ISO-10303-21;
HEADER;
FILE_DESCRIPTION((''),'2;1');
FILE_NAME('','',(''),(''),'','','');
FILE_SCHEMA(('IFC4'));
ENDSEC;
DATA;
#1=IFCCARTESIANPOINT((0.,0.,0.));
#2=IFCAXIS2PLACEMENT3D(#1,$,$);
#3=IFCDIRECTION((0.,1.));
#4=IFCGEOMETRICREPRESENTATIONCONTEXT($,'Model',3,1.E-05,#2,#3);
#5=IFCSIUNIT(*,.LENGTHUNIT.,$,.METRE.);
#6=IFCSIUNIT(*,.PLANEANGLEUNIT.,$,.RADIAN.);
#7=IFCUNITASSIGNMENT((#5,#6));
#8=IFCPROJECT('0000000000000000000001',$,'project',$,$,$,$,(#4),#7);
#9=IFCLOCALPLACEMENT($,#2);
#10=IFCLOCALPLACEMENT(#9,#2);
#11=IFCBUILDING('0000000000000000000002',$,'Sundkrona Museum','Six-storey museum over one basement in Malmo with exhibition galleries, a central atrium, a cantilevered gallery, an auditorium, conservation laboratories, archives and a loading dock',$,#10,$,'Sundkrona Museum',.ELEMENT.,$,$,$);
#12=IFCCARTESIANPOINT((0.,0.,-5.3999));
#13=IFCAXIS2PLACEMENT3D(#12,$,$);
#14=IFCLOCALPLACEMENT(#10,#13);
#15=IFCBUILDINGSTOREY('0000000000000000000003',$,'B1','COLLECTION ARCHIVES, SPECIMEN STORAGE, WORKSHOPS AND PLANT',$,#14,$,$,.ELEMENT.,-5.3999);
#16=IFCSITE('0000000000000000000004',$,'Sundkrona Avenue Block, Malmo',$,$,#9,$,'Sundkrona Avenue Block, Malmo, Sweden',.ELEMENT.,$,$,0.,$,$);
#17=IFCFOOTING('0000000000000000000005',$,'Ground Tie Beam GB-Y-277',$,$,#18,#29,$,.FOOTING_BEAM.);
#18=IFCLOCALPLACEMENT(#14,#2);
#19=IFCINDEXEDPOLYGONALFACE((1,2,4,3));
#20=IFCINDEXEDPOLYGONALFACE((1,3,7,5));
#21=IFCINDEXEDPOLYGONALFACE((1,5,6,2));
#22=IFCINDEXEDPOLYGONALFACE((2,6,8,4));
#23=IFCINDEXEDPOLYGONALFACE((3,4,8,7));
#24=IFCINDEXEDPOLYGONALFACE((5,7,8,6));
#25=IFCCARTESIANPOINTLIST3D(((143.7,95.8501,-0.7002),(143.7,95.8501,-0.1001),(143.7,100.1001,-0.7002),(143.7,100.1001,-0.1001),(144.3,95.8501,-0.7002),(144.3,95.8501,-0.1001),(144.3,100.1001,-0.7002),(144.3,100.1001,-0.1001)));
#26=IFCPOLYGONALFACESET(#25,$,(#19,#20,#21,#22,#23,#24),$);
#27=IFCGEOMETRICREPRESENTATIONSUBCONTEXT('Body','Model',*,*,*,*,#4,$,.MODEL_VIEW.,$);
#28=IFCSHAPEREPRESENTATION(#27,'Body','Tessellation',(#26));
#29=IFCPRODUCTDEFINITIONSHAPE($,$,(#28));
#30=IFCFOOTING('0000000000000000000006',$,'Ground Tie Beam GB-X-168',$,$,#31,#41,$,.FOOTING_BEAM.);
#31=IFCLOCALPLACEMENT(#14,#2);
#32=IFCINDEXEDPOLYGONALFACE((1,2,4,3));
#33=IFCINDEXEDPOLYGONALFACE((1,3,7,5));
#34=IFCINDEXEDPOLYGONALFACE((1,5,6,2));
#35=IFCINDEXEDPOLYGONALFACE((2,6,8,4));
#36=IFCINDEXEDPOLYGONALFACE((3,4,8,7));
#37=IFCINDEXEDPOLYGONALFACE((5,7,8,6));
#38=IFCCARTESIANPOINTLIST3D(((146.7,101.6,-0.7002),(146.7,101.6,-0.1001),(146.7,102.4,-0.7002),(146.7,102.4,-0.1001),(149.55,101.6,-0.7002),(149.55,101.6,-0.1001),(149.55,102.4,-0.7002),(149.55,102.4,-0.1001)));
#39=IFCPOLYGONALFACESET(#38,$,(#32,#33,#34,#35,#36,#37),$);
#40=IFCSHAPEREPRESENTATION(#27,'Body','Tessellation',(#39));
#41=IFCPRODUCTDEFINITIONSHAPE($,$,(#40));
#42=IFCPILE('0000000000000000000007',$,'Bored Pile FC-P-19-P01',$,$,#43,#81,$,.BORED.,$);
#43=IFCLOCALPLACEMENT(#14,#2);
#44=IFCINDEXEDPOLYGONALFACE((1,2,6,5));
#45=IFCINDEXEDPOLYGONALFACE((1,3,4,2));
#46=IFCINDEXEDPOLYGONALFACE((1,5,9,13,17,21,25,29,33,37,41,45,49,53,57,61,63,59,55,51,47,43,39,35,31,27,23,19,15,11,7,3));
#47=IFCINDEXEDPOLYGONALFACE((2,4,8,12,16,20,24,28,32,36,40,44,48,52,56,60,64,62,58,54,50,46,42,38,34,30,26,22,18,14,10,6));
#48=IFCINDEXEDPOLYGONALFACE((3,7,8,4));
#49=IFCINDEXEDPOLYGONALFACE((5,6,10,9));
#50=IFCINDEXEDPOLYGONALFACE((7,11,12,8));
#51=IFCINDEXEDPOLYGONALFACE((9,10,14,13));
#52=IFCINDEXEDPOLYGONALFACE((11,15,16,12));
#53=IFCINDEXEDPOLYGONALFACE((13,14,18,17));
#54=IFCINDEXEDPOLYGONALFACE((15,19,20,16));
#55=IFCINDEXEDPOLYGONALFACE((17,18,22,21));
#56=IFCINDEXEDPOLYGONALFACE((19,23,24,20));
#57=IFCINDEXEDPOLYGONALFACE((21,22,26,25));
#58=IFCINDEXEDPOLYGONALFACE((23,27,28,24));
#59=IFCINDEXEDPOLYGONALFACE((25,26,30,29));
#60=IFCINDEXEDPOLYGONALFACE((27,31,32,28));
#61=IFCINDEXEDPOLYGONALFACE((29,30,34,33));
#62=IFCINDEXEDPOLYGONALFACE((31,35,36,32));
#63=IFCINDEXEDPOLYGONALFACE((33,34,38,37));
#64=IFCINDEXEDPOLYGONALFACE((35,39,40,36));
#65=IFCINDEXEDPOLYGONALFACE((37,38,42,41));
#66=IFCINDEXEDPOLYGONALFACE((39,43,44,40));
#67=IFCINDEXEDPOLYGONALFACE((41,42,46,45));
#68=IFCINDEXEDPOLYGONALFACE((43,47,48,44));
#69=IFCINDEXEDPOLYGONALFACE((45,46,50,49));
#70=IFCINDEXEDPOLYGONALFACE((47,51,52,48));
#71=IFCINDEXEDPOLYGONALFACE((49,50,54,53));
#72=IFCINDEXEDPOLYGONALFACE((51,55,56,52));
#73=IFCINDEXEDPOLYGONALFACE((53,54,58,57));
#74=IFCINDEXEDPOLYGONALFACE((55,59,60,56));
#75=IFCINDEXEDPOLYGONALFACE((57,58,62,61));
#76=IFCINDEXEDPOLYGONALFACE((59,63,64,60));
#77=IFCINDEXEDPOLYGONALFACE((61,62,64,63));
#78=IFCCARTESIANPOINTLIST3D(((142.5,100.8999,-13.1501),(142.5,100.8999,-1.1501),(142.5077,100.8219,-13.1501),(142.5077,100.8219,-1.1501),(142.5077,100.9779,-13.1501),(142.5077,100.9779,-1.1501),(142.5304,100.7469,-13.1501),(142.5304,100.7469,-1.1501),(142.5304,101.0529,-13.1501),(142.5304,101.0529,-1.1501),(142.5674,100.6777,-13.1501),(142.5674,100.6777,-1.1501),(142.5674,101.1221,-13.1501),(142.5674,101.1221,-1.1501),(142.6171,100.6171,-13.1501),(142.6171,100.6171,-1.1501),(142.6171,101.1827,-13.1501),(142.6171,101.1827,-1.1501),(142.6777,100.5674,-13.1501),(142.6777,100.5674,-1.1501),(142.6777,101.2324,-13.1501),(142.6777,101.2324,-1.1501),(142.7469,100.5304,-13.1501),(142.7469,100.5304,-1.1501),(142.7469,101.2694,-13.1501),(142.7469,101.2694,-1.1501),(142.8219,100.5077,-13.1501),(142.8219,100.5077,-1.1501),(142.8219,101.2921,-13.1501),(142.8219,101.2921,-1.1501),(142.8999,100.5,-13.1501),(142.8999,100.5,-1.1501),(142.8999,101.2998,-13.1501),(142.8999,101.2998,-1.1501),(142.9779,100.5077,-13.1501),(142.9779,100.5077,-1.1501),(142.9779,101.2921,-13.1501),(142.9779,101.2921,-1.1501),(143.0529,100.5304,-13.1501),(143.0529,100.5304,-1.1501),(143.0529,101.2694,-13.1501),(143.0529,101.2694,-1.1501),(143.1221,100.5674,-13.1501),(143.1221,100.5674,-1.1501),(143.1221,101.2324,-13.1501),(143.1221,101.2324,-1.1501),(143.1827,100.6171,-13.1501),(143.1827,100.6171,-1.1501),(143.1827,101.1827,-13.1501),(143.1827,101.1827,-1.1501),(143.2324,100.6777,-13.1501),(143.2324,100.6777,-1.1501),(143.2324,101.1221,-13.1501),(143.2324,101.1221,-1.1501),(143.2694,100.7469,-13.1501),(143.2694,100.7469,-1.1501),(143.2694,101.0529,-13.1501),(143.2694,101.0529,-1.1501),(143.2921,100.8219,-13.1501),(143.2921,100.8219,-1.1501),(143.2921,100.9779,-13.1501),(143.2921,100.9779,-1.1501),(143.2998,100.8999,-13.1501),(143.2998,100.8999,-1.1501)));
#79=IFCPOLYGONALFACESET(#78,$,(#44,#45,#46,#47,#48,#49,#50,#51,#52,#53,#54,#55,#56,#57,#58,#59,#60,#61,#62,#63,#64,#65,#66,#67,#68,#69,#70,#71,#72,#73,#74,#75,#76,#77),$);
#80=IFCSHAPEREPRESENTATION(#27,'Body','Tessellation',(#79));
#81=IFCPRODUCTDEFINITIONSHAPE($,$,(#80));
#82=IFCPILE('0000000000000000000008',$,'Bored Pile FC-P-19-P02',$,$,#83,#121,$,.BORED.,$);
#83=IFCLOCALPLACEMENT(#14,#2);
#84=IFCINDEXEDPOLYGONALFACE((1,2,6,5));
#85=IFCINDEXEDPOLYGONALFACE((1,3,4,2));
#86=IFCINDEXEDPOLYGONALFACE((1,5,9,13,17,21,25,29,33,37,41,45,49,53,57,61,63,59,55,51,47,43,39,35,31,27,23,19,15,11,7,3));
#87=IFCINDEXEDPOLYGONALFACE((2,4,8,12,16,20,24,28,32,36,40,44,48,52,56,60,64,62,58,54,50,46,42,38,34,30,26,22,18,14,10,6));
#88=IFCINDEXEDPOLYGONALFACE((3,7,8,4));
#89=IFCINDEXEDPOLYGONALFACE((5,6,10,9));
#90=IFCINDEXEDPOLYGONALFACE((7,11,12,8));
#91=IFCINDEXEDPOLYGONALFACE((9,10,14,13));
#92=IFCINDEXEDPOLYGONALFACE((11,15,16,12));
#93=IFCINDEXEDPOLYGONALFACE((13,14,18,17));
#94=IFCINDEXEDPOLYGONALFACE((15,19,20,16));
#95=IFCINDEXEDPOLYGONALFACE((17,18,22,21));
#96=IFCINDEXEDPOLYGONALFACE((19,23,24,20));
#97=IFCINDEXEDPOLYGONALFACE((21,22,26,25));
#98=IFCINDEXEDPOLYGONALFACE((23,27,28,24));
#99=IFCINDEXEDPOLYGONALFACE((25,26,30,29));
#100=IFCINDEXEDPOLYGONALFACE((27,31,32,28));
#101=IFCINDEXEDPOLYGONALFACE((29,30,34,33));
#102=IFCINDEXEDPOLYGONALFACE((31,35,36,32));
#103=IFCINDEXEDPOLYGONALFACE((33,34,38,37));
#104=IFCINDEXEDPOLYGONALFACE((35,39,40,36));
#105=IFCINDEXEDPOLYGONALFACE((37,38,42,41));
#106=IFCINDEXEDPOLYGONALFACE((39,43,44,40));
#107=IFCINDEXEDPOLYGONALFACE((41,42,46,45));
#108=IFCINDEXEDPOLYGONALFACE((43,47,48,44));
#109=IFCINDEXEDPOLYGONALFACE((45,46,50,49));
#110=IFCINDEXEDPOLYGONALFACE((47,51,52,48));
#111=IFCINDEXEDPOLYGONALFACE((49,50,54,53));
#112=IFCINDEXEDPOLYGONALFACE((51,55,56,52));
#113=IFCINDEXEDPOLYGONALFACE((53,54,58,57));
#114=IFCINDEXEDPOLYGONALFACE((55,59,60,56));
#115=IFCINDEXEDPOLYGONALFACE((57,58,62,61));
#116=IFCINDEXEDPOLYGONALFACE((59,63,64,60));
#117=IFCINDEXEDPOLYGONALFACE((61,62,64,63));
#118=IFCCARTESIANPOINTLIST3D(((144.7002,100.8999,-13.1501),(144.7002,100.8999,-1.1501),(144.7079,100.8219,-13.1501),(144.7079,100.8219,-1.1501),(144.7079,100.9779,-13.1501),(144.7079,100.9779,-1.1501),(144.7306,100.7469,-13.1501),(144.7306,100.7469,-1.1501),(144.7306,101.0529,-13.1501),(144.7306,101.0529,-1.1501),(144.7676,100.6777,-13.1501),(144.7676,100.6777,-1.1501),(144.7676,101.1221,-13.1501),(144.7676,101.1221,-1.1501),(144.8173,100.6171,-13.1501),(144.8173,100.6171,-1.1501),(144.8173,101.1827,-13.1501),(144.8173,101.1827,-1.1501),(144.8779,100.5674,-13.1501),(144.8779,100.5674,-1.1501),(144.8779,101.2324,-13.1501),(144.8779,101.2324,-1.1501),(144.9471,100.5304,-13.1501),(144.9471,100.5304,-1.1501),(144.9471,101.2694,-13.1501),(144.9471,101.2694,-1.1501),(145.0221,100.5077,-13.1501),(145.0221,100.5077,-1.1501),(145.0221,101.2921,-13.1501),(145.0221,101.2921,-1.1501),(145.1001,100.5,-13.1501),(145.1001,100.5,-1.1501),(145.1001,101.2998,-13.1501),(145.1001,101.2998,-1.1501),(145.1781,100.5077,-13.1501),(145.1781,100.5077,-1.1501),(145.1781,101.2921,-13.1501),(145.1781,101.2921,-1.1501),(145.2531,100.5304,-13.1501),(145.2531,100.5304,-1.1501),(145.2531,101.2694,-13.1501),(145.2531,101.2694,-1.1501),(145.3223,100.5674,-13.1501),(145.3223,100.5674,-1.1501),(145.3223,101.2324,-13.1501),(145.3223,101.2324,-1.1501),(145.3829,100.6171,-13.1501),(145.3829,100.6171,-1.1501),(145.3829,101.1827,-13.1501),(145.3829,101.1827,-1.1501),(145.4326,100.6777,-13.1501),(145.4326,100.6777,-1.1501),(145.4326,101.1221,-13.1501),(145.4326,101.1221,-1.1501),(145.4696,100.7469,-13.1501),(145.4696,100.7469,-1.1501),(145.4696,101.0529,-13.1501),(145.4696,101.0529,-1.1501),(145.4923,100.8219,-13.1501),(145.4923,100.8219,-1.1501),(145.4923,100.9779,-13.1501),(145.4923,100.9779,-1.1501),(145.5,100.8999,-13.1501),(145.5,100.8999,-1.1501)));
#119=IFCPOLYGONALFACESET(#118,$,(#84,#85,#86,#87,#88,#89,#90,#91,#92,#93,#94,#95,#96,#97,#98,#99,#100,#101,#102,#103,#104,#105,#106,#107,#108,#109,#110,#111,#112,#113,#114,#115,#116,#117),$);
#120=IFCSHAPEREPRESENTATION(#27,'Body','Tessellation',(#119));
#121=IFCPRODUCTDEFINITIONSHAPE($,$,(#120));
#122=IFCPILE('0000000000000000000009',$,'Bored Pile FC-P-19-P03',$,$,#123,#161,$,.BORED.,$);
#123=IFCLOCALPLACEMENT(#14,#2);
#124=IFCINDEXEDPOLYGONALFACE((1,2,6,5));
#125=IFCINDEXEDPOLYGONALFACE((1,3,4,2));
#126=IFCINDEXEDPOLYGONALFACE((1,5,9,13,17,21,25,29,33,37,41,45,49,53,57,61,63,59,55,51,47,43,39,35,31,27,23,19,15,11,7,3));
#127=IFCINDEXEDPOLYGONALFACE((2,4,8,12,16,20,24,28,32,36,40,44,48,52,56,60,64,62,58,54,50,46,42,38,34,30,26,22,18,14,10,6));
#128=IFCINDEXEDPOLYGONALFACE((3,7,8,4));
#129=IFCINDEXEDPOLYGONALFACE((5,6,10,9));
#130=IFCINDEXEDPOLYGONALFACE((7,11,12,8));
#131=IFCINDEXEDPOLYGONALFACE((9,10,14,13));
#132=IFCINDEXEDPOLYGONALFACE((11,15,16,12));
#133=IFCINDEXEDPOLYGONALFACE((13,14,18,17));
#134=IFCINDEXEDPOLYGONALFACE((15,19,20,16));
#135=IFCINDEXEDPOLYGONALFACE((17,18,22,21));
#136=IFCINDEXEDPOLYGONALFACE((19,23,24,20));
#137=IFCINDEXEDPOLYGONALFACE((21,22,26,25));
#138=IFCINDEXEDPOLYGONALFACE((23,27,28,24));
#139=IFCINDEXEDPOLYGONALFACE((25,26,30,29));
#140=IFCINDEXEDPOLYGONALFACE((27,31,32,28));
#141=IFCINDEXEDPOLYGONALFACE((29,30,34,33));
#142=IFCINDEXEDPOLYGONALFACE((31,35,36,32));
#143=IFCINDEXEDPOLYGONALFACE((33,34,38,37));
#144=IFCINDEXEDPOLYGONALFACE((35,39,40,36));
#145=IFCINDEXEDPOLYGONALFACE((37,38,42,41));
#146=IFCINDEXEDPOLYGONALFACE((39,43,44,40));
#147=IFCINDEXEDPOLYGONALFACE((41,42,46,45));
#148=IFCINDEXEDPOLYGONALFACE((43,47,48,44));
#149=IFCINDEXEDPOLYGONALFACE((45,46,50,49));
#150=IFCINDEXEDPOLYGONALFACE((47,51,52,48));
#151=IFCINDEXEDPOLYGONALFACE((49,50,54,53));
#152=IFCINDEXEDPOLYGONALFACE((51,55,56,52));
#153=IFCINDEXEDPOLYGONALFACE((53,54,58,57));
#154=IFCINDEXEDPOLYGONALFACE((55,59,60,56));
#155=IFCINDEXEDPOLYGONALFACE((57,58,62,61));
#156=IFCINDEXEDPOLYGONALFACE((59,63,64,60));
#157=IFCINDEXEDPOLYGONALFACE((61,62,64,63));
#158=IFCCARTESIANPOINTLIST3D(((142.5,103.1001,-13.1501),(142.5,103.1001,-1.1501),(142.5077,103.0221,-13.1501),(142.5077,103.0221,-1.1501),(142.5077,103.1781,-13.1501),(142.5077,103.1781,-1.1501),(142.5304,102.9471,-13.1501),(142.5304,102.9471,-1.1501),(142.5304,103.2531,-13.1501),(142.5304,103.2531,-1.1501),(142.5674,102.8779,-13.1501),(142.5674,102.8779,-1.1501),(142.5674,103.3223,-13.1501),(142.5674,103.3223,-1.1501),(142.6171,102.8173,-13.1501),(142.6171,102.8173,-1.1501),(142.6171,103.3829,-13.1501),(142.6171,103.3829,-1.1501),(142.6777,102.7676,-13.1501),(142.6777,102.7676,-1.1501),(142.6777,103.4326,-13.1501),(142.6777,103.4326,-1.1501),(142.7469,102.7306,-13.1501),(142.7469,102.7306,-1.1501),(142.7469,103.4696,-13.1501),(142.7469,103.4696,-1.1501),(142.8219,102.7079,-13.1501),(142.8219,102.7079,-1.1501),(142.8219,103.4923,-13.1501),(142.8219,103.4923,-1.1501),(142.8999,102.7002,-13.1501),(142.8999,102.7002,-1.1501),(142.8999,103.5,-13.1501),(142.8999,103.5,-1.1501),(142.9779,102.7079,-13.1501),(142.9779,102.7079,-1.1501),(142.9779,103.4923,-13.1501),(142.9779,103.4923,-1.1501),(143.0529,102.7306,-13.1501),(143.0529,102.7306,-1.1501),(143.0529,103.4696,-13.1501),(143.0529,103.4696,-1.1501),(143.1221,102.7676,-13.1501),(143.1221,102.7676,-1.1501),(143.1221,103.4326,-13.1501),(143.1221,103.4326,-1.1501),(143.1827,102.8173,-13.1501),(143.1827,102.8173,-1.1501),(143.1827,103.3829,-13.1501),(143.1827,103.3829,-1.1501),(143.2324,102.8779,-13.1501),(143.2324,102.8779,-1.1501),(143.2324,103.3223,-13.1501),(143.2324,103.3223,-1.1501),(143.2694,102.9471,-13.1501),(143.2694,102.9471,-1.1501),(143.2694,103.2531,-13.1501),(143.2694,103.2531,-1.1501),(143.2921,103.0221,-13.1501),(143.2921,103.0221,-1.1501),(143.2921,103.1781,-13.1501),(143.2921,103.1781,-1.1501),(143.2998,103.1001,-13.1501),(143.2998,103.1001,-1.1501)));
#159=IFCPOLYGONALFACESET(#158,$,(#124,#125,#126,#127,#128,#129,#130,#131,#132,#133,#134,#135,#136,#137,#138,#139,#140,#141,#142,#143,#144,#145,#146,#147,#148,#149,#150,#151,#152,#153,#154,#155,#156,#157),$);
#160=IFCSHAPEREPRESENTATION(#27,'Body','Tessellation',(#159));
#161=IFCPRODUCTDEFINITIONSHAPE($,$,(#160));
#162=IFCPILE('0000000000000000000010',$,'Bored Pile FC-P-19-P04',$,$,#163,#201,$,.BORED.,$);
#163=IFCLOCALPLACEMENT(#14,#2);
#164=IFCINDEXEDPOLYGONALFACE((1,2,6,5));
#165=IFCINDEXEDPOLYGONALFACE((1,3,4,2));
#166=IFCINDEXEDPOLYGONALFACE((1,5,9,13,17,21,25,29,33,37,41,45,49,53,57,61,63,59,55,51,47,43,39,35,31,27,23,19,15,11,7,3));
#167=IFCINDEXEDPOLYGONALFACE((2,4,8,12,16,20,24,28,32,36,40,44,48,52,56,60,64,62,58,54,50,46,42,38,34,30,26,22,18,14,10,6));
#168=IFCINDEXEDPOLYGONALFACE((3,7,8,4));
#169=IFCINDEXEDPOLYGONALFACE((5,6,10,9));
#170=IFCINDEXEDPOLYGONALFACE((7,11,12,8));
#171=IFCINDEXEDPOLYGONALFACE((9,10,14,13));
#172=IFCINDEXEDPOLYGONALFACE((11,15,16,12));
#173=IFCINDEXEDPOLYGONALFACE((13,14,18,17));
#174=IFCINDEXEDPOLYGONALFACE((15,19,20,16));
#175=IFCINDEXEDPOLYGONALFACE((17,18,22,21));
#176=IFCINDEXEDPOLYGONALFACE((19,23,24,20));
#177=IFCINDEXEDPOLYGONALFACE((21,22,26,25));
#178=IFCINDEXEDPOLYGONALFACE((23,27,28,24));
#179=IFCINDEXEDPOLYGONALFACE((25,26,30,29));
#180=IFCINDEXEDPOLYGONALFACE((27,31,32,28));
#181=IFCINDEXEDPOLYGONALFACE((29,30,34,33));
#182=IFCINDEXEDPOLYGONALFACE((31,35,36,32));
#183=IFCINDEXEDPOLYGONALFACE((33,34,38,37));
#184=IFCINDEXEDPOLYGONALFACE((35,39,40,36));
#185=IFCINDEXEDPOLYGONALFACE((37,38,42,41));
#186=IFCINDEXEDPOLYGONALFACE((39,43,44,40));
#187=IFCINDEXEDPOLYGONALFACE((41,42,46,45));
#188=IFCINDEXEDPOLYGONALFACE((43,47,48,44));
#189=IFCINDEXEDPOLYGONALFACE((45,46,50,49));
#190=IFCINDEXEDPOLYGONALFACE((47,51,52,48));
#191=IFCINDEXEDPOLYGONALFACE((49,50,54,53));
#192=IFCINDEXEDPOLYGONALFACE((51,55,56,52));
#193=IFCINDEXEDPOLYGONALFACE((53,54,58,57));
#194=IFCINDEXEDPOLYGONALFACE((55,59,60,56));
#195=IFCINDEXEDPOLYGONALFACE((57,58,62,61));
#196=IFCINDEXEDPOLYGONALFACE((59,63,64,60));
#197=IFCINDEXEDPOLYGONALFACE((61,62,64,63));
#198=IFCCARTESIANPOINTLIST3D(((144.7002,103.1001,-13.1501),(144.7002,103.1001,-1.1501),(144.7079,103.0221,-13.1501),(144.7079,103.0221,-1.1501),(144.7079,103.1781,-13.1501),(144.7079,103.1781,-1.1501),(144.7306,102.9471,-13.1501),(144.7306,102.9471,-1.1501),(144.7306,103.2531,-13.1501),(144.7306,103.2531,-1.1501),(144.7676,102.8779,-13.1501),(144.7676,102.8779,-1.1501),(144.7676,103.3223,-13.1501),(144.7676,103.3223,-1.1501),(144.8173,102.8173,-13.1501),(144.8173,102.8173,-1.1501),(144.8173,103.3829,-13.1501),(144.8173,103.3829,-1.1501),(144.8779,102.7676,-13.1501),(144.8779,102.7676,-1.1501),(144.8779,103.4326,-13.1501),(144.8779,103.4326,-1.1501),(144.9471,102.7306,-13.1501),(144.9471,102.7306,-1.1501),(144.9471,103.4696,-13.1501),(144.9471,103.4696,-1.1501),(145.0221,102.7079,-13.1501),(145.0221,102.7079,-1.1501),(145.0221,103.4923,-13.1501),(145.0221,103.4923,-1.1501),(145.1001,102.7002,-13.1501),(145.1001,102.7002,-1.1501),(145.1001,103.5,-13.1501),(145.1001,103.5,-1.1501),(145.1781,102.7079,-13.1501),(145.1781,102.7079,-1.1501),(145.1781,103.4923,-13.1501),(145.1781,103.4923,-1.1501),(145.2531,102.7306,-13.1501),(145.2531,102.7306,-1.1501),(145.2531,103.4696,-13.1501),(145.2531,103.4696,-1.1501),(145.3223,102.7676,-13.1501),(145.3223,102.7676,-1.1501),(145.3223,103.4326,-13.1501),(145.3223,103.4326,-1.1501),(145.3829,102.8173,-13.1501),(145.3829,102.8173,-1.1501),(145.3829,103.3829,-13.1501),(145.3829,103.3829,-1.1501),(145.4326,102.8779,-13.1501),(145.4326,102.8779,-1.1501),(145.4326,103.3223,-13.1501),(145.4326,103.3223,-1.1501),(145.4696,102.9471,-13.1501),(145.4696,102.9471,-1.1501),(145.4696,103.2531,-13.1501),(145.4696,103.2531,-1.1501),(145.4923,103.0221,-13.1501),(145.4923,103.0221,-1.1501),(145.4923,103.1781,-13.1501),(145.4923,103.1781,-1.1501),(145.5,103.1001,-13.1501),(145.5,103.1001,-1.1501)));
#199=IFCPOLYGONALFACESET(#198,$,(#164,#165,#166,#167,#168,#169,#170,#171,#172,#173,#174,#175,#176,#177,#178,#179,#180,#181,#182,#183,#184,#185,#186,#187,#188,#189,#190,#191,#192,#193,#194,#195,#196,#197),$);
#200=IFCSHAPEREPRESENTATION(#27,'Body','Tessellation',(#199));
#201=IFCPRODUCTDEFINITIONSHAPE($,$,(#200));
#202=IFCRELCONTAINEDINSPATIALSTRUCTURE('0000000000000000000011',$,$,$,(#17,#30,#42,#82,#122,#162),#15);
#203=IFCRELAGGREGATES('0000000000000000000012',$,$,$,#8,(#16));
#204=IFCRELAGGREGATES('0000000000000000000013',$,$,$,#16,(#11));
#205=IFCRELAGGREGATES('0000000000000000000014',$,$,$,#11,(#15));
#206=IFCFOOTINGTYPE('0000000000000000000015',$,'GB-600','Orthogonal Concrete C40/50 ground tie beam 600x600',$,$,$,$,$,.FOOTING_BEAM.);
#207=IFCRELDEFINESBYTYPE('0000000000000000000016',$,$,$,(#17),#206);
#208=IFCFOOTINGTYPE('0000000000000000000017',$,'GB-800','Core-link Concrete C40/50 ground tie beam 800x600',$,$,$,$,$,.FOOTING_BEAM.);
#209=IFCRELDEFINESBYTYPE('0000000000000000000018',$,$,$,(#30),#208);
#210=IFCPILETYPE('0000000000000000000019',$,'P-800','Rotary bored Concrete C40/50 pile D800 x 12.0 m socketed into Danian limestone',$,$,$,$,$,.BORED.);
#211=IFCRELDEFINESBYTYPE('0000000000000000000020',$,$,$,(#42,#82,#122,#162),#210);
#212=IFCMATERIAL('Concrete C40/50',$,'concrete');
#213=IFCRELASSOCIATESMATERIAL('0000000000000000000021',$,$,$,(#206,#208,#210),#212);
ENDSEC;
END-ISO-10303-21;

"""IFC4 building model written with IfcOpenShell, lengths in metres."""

from ifc_helpers import new_model, si_unit, direction, frame, origin, origin_2d, place, context, subcontext, project, spatial, rectangle, circle, extrude, material, material_profile, profile_set, type_object, element, save


model = new_model("IFC4")

# Units and contexts
model_context = context("Model", 3, precision=1e-05, world=origin(), true_north=direction((0.0, 1.0)))
body_context = subcontext(model_context, "Body", "Model", "MODEL_VIEW")
ifc_project = project(units=[si_unit("LENGTHUNIT", "METRE"), si_unit("PLANEANGLEUNIT", "RADIAN")], contexts=[model_context])

# Site, building, storey
site_placement = place(None, origin())
site = spatial("IfcSite", under=ifc_project, at=site_placement, Name="Sundkrona Avenue Block, Malmo", LongName="Sundkrona Avenue Block, Malmo, Sweden", CompositionType="ELEMENT", RefElevation=0.0)
building_placement = place(site_placement, origin())
building = spatial("IfcBuilding", under=site, at=building_placement, Name="Sundkrona Museum", Description="Six-storey museum over one basement in Malmo with exhibition galleries, a central atrium, a cantilevered gallery, an auditorium, conservation laboratories, archives and a loading dock", LongName="Sundkrona Museum", CompositionType="ELEMENT")
storey_placement = place(building_placement, frame((0.0, 0.0, -5.3999)))
storey = spatial("IfcBuildingStorey", under=building, at=storey_placement, Name="B1", Description="COLLECTION ARCHIVES, SPECIMEN STORAGE, WORKSHOPS AND PLANT", CompositionType="ELEMENT", Elevation=-5.3999)

# Footings
ifc_material_1 = material(Name="Concrete C40/50", Category="concrete")
footing_type_1 = type_object("IfcFootingType", Name="GB-600", Description="Orthogonal Concrete C40/50 ground tie beam 600x600", PredefinedType="FOOTING_BEAM", material=ifc_material_1)
footing_1_placement = place(storey_placement, frame((144.0, 97.9751, -0.7002), z_axis=(0.0, 0.0, 1.0), x_axis=(0.0, 1.0, 0.0)))
element("IfcFooting", 1, at=footing_1_placement, inside=storey, type_object=footing_type_1, Name="Ground Tie Beam GB-Y-277", PredefinedType="FOOTING_BEAM", context=body_context, shape_type="SweptSolid", body=[
    extrude(rectangle(XDim=4.25, YDim=0.6001, at=origin_2d()), origin(), (0.0, 0.0, 1.0), 0.6001),
])
footing_type_2 = type_object("IfcFootingType", Name="GB-800", Description="Core-link Concrete C40/50 ground tie beam 800x600", PredefinedType="FOOTING_BEAM", material=ifc_material_1)
footing_2_placement = place(storey_placement, frame((148.125, 102.0, -0.7002), z_axis=(0.0, 0.0, 1.0), x_axis=(1.0, 0.0, 0.0)))
element("IfcFooting", 2, at=footing_2_placement, inside=storey, type_object=footing_type_2, Name="Ground Tie Beam GB-X-168", PredefinedType="FOOTING_BEAM", context=body_context, shape_type="SweptSolid", body=[
    extrude(rectangle(XDim=2.8501, YDim=0.8, at=origin_2d()), origin(), (0.0, 0.0, 1.0), 0.6001),
])

# Piles
ifc_material_profile_1 = material_profile(ifc_material_1, circle(Radius=0.3999, at=origin_2d()), Name="PILE D800")
ifc_profile_set_1 = profile_set([ifc_material_profile_1], Name="Concrete C40/50")
pile_type = type_object("IfcPileType", Name="P-800", Description="Rotary bored Concrete C40/50 pile D800 x 12.0 m socketed into Danian limestone", PredefinedType="BORED", material=ifc_profile_set_1)
for number, where, z_axis, x_axis, name in (
    (3, (142.8999, 100.8999, -1.1501), (0.0, 0.0, -1.0), (1.0, 0.0, 0.0), "Bored Pile FC-P-19-P01"),
    (4, (145.1001, 100.8999, -1.1501), (0.0, 0.0, -1.0), (1.0, 0.0, 0.0), "Bored Pile FC-P-19-P02"),
    (5, (142.8999, 103.1001, -1.1501), (0.0, 0.0, -1.0), (1.0, 0.0, 0.0), "Bored Pile FC-P-19-P03"),
    (6, (145.1001, 103.1001, -1.1501), (0.0, 0.0, -1.0), (1.0, 0.0, 0.0), "Bored Pile FC-P-19-P04"),
):
    element("IfcPile", number, at=place(storey_placement, frame(where, z_axis=z_axis, x_axis=x_axis)), inside=storey, type_object=pile_type, Name=name, PredefinedType="BORED", context=body_context, shape_type="SweptSolid", body=[
        extrude(circle(Radius=0.3999, at=origin_2d()), origin(), (0.0, 0.0, 1.0), 12.0),
    ])

save(model, "model.ifc")
